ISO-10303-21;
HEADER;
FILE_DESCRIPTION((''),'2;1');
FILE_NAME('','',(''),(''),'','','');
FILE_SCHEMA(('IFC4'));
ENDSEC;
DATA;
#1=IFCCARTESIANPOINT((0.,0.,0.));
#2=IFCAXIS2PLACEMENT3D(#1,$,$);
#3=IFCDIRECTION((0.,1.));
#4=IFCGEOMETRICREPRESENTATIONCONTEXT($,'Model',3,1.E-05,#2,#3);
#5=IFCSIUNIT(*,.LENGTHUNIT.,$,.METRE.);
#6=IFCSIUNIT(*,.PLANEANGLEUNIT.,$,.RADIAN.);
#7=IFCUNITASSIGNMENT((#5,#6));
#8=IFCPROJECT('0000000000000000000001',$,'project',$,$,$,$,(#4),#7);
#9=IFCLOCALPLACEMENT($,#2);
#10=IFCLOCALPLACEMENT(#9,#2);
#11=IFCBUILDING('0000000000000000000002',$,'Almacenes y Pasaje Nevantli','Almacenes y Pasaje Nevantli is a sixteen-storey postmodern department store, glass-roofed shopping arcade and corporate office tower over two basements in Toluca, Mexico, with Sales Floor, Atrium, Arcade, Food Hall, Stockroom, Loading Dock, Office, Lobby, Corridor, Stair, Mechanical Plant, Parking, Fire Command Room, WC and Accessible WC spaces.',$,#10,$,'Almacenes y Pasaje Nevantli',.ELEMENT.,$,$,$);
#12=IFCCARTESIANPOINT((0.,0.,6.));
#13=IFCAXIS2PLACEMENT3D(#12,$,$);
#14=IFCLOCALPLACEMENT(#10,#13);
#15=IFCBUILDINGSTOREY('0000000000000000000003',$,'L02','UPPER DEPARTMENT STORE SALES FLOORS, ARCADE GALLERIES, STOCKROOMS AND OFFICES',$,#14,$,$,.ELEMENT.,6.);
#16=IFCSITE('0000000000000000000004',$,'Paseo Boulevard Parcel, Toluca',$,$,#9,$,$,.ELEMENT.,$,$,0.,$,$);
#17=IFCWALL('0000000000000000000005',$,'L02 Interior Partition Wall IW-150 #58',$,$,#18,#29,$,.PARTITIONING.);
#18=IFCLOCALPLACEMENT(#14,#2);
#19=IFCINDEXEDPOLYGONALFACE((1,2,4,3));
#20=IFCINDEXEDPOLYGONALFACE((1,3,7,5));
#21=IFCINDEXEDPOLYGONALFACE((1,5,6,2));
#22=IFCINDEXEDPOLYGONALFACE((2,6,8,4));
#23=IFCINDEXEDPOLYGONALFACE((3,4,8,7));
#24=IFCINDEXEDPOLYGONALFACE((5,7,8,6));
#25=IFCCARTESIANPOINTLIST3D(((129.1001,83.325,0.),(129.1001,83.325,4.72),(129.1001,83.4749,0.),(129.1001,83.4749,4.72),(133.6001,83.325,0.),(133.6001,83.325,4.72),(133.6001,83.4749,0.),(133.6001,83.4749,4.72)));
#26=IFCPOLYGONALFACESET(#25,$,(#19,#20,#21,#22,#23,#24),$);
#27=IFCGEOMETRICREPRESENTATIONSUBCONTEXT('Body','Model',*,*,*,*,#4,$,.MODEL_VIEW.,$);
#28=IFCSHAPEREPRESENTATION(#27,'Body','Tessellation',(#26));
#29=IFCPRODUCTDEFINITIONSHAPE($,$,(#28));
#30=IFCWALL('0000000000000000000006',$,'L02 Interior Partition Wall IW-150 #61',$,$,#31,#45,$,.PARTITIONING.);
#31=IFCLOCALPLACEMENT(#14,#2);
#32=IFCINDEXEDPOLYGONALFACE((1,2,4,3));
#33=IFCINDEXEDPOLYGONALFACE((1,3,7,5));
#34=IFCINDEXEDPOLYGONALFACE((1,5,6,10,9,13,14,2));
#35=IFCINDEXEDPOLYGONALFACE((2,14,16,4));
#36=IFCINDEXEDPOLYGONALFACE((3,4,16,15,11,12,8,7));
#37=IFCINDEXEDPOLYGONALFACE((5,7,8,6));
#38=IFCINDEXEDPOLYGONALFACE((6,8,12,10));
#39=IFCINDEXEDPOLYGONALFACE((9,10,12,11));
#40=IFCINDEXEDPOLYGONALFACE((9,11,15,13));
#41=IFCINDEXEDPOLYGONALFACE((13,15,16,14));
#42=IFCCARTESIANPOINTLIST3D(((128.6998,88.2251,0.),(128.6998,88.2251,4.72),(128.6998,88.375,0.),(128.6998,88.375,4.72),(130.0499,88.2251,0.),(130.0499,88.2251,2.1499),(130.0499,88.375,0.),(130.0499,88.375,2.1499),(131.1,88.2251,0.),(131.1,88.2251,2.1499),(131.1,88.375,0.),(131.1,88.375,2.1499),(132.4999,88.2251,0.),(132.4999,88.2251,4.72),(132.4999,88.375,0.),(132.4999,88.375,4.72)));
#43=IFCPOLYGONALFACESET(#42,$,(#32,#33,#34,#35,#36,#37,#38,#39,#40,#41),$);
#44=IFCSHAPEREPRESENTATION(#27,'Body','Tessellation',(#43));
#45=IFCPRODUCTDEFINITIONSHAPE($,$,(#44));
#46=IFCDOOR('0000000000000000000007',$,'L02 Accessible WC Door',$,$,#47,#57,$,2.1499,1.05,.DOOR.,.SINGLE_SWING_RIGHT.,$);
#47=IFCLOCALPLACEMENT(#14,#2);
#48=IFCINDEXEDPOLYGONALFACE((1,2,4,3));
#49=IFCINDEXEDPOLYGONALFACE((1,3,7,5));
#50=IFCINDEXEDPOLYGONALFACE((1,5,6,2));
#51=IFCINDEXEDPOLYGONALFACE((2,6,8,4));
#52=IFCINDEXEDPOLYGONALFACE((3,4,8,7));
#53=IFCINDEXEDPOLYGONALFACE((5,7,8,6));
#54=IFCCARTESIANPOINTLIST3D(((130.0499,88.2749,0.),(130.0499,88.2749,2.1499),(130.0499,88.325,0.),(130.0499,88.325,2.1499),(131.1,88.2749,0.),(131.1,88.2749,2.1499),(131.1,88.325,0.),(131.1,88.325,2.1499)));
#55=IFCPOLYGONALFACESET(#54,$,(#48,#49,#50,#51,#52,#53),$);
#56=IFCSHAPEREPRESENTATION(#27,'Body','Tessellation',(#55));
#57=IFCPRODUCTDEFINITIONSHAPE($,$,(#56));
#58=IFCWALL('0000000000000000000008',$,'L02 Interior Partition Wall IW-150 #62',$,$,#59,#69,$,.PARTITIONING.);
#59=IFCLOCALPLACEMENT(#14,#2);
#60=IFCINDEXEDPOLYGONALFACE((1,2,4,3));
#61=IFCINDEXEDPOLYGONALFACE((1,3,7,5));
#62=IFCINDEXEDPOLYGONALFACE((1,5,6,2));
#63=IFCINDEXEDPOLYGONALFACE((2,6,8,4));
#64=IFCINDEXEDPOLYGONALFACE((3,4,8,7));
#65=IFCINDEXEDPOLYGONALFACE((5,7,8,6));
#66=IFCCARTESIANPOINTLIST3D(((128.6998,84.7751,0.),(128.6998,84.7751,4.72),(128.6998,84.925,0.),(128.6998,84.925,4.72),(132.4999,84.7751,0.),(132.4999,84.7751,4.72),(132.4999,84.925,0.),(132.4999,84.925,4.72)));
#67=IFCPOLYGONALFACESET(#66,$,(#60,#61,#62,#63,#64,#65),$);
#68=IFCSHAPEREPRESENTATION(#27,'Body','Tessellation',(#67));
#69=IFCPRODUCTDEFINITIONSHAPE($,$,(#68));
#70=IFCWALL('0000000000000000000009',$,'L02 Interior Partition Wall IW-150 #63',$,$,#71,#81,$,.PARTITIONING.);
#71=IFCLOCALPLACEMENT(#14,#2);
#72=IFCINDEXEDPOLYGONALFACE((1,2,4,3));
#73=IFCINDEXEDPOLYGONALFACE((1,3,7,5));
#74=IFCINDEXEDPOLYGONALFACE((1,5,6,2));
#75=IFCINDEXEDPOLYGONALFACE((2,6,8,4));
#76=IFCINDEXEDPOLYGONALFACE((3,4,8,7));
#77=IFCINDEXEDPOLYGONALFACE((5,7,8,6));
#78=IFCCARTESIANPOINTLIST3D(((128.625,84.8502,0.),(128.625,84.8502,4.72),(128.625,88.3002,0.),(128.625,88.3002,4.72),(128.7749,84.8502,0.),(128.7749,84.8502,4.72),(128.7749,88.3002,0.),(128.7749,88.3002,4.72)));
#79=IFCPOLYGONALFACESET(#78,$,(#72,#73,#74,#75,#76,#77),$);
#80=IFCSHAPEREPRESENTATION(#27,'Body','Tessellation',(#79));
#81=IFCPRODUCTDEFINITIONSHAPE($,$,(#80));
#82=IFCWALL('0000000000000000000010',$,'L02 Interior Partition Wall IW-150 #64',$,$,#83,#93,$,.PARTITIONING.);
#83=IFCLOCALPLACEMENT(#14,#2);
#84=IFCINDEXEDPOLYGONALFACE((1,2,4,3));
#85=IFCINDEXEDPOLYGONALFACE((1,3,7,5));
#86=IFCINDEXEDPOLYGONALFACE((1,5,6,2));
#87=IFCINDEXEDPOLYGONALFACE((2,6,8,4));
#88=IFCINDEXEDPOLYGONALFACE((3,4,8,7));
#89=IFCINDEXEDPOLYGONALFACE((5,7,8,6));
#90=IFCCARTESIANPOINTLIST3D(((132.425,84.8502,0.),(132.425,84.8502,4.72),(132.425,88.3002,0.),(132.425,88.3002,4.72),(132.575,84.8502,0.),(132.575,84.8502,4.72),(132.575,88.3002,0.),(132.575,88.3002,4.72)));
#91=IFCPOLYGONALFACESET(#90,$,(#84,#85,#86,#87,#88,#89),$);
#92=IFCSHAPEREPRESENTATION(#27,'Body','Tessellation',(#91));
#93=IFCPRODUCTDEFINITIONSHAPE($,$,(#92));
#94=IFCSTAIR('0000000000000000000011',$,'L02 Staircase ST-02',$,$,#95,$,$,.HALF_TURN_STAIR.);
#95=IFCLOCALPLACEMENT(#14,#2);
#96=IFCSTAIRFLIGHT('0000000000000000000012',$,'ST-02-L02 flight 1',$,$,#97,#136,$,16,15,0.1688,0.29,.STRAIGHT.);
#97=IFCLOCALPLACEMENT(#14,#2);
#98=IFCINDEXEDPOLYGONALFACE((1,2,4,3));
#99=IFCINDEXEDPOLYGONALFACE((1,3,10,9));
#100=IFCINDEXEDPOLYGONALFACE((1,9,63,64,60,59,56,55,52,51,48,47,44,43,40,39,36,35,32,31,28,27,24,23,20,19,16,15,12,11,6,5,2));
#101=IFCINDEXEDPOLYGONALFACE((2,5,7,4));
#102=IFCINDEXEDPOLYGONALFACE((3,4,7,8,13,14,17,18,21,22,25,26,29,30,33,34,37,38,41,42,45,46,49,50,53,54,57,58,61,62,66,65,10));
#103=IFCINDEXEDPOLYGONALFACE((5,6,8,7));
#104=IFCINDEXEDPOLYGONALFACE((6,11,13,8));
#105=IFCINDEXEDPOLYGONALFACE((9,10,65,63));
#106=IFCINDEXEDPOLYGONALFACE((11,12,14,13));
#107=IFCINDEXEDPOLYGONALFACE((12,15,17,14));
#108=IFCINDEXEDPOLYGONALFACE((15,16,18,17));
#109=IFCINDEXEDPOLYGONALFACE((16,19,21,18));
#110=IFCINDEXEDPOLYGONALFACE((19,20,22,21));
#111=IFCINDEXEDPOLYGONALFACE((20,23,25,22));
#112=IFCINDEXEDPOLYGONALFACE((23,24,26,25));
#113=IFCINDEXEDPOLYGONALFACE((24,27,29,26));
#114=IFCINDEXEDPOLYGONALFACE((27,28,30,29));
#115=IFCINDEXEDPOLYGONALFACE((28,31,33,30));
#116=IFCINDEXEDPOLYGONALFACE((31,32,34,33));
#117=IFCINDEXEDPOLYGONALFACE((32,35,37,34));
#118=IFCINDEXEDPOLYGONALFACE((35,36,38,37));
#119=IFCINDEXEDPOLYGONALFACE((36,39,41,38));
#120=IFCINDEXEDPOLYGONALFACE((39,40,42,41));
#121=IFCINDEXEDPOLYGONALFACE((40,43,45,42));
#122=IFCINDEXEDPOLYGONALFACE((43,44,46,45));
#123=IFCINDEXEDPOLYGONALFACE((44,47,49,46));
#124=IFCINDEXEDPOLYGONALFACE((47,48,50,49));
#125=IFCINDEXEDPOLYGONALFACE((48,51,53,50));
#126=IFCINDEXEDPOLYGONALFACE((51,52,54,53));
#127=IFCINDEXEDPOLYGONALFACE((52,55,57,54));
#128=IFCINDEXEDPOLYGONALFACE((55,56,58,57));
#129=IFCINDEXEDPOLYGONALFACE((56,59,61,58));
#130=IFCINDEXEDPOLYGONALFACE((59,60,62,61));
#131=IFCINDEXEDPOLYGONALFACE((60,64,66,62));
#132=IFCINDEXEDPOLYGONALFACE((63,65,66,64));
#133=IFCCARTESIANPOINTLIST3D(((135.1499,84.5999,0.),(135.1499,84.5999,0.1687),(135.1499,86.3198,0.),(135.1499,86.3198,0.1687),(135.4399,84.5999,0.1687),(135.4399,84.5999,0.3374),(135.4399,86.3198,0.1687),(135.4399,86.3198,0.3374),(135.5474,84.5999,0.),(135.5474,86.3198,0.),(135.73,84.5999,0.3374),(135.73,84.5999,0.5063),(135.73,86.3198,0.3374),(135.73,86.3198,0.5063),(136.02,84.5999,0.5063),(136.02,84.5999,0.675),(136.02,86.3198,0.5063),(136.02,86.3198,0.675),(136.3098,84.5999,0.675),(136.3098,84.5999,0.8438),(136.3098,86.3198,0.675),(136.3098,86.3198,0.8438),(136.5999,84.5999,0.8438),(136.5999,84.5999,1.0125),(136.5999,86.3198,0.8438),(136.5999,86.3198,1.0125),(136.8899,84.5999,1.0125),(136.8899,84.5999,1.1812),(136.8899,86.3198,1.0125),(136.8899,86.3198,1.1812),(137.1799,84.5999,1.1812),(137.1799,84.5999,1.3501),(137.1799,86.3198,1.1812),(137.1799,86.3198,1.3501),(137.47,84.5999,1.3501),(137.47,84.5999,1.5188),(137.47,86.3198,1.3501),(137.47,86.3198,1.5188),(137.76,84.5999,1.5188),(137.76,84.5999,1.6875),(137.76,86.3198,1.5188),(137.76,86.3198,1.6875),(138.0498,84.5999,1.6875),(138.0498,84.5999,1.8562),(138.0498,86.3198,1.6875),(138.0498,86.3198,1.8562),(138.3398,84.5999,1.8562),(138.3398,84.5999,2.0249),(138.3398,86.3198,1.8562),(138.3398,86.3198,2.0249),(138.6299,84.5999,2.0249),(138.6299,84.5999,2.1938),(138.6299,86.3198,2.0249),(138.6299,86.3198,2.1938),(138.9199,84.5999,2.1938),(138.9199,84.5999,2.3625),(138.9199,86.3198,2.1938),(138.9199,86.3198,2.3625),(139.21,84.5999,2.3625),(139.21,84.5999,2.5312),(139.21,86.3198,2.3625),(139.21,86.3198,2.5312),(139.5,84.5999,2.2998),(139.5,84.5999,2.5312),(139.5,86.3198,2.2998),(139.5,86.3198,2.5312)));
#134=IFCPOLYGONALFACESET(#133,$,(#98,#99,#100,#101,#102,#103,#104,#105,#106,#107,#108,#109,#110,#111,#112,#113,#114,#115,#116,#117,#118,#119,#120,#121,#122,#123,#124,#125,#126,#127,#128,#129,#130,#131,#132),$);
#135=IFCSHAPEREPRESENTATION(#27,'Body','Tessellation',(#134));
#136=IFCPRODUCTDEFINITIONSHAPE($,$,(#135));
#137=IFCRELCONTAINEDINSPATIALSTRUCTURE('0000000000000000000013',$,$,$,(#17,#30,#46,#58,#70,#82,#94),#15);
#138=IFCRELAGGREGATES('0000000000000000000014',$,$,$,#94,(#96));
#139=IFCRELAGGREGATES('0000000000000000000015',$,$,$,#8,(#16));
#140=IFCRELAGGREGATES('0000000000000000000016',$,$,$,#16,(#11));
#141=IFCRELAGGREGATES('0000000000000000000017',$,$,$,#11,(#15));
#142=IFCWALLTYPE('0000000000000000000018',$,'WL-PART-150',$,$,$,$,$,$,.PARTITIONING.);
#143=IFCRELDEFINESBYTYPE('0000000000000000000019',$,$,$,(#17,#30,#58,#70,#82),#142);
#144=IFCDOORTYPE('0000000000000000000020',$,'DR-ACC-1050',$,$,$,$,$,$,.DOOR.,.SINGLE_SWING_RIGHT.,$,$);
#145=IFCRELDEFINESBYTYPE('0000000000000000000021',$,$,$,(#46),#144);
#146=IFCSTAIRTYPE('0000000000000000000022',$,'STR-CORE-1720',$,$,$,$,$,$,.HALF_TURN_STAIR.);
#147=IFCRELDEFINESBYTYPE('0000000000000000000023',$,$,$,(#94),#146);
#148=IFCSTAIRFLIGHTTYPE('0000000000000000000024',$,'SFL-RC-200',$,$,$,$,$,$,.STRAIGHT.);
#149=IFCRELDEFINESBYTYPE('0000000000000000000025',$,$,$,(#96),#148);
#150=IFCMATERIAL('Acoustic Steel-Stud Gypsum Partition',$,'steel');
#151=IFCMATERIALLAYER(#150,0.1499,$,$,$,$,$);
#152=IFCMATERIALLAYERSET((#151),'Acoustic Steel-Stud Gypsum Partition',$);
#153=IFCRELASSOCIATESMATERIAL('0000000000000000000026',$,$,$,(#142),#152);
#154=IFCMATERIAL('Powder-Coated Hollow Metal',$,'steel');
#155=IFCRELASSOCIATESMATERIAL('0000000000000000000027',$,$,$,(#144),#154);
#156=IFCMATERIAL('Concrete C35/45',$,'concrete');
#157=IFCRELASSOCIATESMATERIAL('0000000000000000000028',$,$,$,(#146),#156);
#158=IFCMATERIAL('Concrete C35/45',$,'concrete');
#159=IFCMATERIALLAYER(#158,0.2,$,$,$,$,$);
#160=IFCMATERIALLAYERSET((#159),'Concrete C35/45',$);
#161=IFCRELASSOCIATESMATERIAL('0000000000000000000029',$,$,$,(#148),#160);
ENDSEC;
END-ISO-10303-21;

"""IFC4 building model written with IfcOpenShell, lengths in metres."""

from ifc_helpers import new_model, si_unit, direction, frame, frame_2d, origin, place, context, subcontext, project, spatial, polyline, rectangle, outline, extrude, material, layer, layer_set, type_object, element, fill, aggregate, save


model = new_model("IFC4")

# Units and contexts
model_context = context("Model", 3, precision=1e-05, world=origin(), true_north=direction((0.0, 1.0)))
body_context = subcontext(model_context, "Body", "Model", "MODEL_VIEW")
ifc_project = project(units=[si_unit("LENGTHUNIT", "METRE"), si_unit("PLANEANGLEUNIT", "RADIAN")], contexts=[model_context])

# Site, building, storey
site_placement = place(None, origin())
site = spatial("IfcSite", under=ifc_project, at=site_placement, Name="Paseo Boulevard Parcel, Toluca", CompositionType="ELEMENT", RefElevation=0.0)
building_placement = place(site_placement, origin())
building = spatial("IfcBuilding", under=site, at=building_placement, Name="Almacenes y Pasaje Nevantli", Description="Almacenes y Pasaje Nevantli is a sixteen-storey postmodern department store, glass-roofed shopping arcade and corporate office tower over two basements in Toluca, Mexico, with Sales Floor, Atrium, Arcade, Food Hall, Stockroom, Loading Dock, Office, Lobby, Corridor, Stair, Mechanical Plant, Parking, Fire Command Room, WC and Accessible WC spaces.", LongName="Almacenes y Pasaje Nevantli", CompositionType="ELEMENT")
storey_placement = place(building_placement, frame((0.0, 0.0, 6.0)))
storey = spatial("IfcBuildingStorey", under=building, at=storey_placement, Name="L02", Description="UPPER DEPARTMENT STORE SALES FLOORS, ARCADE GALLERIES, STOCKROOMS AND OFFICES", CompositionType="ELEMENT", Elevation=6.0)

# Wall
ifc_material_1 = material(Name="Acoustic Steel-Stud Gypsum Partition", Category="steel")
ifc_layer_1 = layer(ifc_material_1, 0.1499)
ifc_layer_set_1 = layer_set([ifc_layer_1], Name="Acoustic Steel-Stud Gypsum Partition")
wall_type_1 = type_object("IfcWallType", Name="WL-PART-150", PredefinedType="PARTITIONING", material=ifc_layer_set_1)
wall_1_placement = place(storey_placement, frame((129.1001, 83.3999, 0.0), z_axis=(0.0, 0.0, 1.0), x_axis=(1.0, 0.0, 0.0)))
element("IfcWall", 1, at=wall_1_placement, inside=storey, type_object=wall_type_1, Name="L02 Interior Partition Wall IW-150 #58", PredefinedType="PARTITIONING", context=body_context, shape_type="SweptSolid", body=[
    extrude(rectangle(XDim=4.5, YDim=0.1499, at=frame_2d((2.25, 0.0))), origin(), (0.0, 0.0, 1.0), 4.72),
])

# Wall, opening, door
wall_2_placement = place(storey_placement, frame((128.7, 88.3, 0.0), z_axis=(0.0, 0.0, 1.0), x_axis=(1.0, 0.0, 0.0)))
wall_2 = element("IfcWall", 2, at=wall_2_placement, inside=storey, type_object=wall_type_1, Name="L02 Interior Partition Wall IW-150 #61", PredefinedType="PARTITIONING", context=body_context, shape_type="SweptSolid", body=[
    extrude(rectangle(XDim=3.8, YDim=0.1499, at=frame_2d((1.8999, 0.0))), origin(), (0.0, 0.0, 1.0), 4.72),
])
opening_1_placement = place(wall_2_placement, frame((1.3501, 0.0, 0.0)))
opening_1 = element("IfcOpeningElement", 3, at=opening_1_placement, cuts=wall_2, PredefinedType="OPENING", context=body_context, shape_type="SweptSolid", body=[
    extrude(rectangle(XDim=1.05, YDim=2.1499, at=frame_2d((0.5249, 1.075))), frame((0.0, 0.085, 0.0), z_axis=(0.0, -1.0, 0.0), x_axis=(1.0, 0.0, 0.0)), (0.0, 0.0, 1.0), 0.1699),
])
ifc_material_2 = material(Name="Powder-Coated Hollow Metal", Category="steel")
door_type_1 = type_object("IfcDoorType", Name="DR-ACC-1050", OperationType="SINGLE_SWING_RIGHT", PredefinedType="DOOR", material=ifc_material_2)
door_1_placement = place(opening_1_placement, origin())
door_1 = element("IfcDoor", 4, at=door_1_placement, inside=storey, type_object=door_type_1, Name="L02 Accessible WC Door", OperationType="SINGLE_SWING_RIGHT", OverallHeight=2.1499, OverallWidth=1.05, PredefinedType="DOOR", context=body_context, shape_type="SweptSolid", body=[
    extrude(rectangle(XDim=1.05, YDim=2.1499, at=frame_2d((0.5249, 1.075))), frame((0.0, 0.0249, 0.0), z_axis=(0.0, -1.0, 0.0), x_axis=(1.0, 0.0, 0.0)), (0.0, 0.0, 1.0), 0.05),
])
fill(opening_1, door_1)

# Walls
wall_3_placement = place(storey_placement, frame((128.7, 84.8501, 0.0), z_axis=(0.0, 0.0, 1.0), x_axis=(1.0, 0.0, 0.0)))
element("IfcWall", 5, at=wall_3_placement, inside=storey, type_object=wall_type_1, Name="L02 Interior Partition Wall IW-150 #62", PredefinedType="PARTITIONING", context=body_context, shape_type="SweptSolid", body=[
    extrude(rectangle(XDim=3.8, YDim=0.1499, at=frame_2d((1.8999, 0.0))), origin(), (0.0, 0.0, 1.0), 4.72),
])
for number, where, z_axis, x_axis, name in (
    (6, (128.7, 84.8501, 0.0), (0.0, 0.0, 1.0), (0.0, 1.0, 0.0), "L02 Interior Partition Wall IW-150 #63"),
    (7, (132.5, 84.8501, 0.0), (0.0, 0.0, 1.0), (0.0, 1.0, 0.0), "L02 Interior Partition Wall IW-150 #64"),
):
    element("IfcWall", number, at=place(storey_placement, frame(where, z_axis=z_axis, x_axis=x_axis)), inside=storey, type_object=wall_type_1, Name=name, PredefinedType="PARTITIONING", context=body_context, shape_type="SweptSolid", body=[
        extrude(rectangle(XDim=3.45, YDim=0.1499, at=frame_2d((1.7251, 0.0))), origin(), (0.0, 0.0, 1.0), 4.72),
    ])

# Stair, stair flight
ifc_material_3 = material(Name="Concrete C35/45", Category="concrete")
stair_type = type_object("IfcStairType", Name="STR-CORE-1720", PredefinedType="HALF_TURN_STAIR", material=ifc_material_3)
stair_placement = place(storey_placement, origin())
stair = element("IfcStair", 8, at=stair_placement, inside=storey, type_object=stair_type, Name="L02 Staircase ST-02", PredefinedType="HALF_TURN_STAIR")
ifc_material_4 = material(Name="Concrete C35/45", Category="concrete")
ifc_layer_2 = layer(ifc_material_4, 0.2)
ifc_layer_set_2 = layer_set([ifc_layer_2], Name="Concrete C35/45")
stair_flight_type = type_object("IfcStairFlightType", Name="SFL-RC-200", PredefinedType="STRAIGHT", material=ifc_layer_set_2)
stair_flight_placement = place(storey_placement, frame((135.1499, 85.46, 0.0), z_axis=(0.0, 0.0, 1.0), x_axis=(1.0, 0.0, 0.0)))
stair_flight = element("IfcStairFlight", 9, at=stair_flight_placement, type_object=stair_flight_type, Name="ST-02-L02 flight 1", NumberOfRisers=16, NumberOfTreads=15, PredefinedType="STRAIGHT", RiserHeight=0.1688, TreadLength=0.29, context=body_context, shape_type="SweptSolid", body=[
    extrude(outline(polyline([(0.0, 0.0), (0.0, 0.1687), (0.29, 0.1687), (0.29, 0.3374), (0.5801, 0.3374), (0.5801, 0.5063), (0.8701, 0.5063), (0.8701, 0.675), (1.1599, 0.675), (1.1599, 0.8438), (1.45, 0.8438), (1.45, 1.0125), (1.74, 1.0125), (1.74, 1.1812), (2.03, 1.1812), (2.03, 1.3501), (2.3201, 1.3501), (2.3201, 1.5188), (2.6101, 1.5188), (2.6101, 1.6875), (2.8999, 1.6875), (2.8999, 1.8562), (3.1899, 1.8562), (3.1899, 2.0249), (3.48, 2.0249), (3.48, 2.1938), (3.77, 2.1938), (3.77, 2.3625), (4.0601, 2.3625), (4.0601, 2.5312), (4.3501, 2.5312), (4.3501, 2.7), (4.3501, 2.2998), (0.3975, 0.0), (0.0, 0.0)])), frame((0.0, 0.8599, 0.0), z_axis=(0.0, -1.0, 0.0), x_axis=(1.0, 0.0, 0.0)), (0.0, 0.0, 1.0), 1.72),
])
aggregate(stair, [stair_flight])

save(model, "model.ifc")
